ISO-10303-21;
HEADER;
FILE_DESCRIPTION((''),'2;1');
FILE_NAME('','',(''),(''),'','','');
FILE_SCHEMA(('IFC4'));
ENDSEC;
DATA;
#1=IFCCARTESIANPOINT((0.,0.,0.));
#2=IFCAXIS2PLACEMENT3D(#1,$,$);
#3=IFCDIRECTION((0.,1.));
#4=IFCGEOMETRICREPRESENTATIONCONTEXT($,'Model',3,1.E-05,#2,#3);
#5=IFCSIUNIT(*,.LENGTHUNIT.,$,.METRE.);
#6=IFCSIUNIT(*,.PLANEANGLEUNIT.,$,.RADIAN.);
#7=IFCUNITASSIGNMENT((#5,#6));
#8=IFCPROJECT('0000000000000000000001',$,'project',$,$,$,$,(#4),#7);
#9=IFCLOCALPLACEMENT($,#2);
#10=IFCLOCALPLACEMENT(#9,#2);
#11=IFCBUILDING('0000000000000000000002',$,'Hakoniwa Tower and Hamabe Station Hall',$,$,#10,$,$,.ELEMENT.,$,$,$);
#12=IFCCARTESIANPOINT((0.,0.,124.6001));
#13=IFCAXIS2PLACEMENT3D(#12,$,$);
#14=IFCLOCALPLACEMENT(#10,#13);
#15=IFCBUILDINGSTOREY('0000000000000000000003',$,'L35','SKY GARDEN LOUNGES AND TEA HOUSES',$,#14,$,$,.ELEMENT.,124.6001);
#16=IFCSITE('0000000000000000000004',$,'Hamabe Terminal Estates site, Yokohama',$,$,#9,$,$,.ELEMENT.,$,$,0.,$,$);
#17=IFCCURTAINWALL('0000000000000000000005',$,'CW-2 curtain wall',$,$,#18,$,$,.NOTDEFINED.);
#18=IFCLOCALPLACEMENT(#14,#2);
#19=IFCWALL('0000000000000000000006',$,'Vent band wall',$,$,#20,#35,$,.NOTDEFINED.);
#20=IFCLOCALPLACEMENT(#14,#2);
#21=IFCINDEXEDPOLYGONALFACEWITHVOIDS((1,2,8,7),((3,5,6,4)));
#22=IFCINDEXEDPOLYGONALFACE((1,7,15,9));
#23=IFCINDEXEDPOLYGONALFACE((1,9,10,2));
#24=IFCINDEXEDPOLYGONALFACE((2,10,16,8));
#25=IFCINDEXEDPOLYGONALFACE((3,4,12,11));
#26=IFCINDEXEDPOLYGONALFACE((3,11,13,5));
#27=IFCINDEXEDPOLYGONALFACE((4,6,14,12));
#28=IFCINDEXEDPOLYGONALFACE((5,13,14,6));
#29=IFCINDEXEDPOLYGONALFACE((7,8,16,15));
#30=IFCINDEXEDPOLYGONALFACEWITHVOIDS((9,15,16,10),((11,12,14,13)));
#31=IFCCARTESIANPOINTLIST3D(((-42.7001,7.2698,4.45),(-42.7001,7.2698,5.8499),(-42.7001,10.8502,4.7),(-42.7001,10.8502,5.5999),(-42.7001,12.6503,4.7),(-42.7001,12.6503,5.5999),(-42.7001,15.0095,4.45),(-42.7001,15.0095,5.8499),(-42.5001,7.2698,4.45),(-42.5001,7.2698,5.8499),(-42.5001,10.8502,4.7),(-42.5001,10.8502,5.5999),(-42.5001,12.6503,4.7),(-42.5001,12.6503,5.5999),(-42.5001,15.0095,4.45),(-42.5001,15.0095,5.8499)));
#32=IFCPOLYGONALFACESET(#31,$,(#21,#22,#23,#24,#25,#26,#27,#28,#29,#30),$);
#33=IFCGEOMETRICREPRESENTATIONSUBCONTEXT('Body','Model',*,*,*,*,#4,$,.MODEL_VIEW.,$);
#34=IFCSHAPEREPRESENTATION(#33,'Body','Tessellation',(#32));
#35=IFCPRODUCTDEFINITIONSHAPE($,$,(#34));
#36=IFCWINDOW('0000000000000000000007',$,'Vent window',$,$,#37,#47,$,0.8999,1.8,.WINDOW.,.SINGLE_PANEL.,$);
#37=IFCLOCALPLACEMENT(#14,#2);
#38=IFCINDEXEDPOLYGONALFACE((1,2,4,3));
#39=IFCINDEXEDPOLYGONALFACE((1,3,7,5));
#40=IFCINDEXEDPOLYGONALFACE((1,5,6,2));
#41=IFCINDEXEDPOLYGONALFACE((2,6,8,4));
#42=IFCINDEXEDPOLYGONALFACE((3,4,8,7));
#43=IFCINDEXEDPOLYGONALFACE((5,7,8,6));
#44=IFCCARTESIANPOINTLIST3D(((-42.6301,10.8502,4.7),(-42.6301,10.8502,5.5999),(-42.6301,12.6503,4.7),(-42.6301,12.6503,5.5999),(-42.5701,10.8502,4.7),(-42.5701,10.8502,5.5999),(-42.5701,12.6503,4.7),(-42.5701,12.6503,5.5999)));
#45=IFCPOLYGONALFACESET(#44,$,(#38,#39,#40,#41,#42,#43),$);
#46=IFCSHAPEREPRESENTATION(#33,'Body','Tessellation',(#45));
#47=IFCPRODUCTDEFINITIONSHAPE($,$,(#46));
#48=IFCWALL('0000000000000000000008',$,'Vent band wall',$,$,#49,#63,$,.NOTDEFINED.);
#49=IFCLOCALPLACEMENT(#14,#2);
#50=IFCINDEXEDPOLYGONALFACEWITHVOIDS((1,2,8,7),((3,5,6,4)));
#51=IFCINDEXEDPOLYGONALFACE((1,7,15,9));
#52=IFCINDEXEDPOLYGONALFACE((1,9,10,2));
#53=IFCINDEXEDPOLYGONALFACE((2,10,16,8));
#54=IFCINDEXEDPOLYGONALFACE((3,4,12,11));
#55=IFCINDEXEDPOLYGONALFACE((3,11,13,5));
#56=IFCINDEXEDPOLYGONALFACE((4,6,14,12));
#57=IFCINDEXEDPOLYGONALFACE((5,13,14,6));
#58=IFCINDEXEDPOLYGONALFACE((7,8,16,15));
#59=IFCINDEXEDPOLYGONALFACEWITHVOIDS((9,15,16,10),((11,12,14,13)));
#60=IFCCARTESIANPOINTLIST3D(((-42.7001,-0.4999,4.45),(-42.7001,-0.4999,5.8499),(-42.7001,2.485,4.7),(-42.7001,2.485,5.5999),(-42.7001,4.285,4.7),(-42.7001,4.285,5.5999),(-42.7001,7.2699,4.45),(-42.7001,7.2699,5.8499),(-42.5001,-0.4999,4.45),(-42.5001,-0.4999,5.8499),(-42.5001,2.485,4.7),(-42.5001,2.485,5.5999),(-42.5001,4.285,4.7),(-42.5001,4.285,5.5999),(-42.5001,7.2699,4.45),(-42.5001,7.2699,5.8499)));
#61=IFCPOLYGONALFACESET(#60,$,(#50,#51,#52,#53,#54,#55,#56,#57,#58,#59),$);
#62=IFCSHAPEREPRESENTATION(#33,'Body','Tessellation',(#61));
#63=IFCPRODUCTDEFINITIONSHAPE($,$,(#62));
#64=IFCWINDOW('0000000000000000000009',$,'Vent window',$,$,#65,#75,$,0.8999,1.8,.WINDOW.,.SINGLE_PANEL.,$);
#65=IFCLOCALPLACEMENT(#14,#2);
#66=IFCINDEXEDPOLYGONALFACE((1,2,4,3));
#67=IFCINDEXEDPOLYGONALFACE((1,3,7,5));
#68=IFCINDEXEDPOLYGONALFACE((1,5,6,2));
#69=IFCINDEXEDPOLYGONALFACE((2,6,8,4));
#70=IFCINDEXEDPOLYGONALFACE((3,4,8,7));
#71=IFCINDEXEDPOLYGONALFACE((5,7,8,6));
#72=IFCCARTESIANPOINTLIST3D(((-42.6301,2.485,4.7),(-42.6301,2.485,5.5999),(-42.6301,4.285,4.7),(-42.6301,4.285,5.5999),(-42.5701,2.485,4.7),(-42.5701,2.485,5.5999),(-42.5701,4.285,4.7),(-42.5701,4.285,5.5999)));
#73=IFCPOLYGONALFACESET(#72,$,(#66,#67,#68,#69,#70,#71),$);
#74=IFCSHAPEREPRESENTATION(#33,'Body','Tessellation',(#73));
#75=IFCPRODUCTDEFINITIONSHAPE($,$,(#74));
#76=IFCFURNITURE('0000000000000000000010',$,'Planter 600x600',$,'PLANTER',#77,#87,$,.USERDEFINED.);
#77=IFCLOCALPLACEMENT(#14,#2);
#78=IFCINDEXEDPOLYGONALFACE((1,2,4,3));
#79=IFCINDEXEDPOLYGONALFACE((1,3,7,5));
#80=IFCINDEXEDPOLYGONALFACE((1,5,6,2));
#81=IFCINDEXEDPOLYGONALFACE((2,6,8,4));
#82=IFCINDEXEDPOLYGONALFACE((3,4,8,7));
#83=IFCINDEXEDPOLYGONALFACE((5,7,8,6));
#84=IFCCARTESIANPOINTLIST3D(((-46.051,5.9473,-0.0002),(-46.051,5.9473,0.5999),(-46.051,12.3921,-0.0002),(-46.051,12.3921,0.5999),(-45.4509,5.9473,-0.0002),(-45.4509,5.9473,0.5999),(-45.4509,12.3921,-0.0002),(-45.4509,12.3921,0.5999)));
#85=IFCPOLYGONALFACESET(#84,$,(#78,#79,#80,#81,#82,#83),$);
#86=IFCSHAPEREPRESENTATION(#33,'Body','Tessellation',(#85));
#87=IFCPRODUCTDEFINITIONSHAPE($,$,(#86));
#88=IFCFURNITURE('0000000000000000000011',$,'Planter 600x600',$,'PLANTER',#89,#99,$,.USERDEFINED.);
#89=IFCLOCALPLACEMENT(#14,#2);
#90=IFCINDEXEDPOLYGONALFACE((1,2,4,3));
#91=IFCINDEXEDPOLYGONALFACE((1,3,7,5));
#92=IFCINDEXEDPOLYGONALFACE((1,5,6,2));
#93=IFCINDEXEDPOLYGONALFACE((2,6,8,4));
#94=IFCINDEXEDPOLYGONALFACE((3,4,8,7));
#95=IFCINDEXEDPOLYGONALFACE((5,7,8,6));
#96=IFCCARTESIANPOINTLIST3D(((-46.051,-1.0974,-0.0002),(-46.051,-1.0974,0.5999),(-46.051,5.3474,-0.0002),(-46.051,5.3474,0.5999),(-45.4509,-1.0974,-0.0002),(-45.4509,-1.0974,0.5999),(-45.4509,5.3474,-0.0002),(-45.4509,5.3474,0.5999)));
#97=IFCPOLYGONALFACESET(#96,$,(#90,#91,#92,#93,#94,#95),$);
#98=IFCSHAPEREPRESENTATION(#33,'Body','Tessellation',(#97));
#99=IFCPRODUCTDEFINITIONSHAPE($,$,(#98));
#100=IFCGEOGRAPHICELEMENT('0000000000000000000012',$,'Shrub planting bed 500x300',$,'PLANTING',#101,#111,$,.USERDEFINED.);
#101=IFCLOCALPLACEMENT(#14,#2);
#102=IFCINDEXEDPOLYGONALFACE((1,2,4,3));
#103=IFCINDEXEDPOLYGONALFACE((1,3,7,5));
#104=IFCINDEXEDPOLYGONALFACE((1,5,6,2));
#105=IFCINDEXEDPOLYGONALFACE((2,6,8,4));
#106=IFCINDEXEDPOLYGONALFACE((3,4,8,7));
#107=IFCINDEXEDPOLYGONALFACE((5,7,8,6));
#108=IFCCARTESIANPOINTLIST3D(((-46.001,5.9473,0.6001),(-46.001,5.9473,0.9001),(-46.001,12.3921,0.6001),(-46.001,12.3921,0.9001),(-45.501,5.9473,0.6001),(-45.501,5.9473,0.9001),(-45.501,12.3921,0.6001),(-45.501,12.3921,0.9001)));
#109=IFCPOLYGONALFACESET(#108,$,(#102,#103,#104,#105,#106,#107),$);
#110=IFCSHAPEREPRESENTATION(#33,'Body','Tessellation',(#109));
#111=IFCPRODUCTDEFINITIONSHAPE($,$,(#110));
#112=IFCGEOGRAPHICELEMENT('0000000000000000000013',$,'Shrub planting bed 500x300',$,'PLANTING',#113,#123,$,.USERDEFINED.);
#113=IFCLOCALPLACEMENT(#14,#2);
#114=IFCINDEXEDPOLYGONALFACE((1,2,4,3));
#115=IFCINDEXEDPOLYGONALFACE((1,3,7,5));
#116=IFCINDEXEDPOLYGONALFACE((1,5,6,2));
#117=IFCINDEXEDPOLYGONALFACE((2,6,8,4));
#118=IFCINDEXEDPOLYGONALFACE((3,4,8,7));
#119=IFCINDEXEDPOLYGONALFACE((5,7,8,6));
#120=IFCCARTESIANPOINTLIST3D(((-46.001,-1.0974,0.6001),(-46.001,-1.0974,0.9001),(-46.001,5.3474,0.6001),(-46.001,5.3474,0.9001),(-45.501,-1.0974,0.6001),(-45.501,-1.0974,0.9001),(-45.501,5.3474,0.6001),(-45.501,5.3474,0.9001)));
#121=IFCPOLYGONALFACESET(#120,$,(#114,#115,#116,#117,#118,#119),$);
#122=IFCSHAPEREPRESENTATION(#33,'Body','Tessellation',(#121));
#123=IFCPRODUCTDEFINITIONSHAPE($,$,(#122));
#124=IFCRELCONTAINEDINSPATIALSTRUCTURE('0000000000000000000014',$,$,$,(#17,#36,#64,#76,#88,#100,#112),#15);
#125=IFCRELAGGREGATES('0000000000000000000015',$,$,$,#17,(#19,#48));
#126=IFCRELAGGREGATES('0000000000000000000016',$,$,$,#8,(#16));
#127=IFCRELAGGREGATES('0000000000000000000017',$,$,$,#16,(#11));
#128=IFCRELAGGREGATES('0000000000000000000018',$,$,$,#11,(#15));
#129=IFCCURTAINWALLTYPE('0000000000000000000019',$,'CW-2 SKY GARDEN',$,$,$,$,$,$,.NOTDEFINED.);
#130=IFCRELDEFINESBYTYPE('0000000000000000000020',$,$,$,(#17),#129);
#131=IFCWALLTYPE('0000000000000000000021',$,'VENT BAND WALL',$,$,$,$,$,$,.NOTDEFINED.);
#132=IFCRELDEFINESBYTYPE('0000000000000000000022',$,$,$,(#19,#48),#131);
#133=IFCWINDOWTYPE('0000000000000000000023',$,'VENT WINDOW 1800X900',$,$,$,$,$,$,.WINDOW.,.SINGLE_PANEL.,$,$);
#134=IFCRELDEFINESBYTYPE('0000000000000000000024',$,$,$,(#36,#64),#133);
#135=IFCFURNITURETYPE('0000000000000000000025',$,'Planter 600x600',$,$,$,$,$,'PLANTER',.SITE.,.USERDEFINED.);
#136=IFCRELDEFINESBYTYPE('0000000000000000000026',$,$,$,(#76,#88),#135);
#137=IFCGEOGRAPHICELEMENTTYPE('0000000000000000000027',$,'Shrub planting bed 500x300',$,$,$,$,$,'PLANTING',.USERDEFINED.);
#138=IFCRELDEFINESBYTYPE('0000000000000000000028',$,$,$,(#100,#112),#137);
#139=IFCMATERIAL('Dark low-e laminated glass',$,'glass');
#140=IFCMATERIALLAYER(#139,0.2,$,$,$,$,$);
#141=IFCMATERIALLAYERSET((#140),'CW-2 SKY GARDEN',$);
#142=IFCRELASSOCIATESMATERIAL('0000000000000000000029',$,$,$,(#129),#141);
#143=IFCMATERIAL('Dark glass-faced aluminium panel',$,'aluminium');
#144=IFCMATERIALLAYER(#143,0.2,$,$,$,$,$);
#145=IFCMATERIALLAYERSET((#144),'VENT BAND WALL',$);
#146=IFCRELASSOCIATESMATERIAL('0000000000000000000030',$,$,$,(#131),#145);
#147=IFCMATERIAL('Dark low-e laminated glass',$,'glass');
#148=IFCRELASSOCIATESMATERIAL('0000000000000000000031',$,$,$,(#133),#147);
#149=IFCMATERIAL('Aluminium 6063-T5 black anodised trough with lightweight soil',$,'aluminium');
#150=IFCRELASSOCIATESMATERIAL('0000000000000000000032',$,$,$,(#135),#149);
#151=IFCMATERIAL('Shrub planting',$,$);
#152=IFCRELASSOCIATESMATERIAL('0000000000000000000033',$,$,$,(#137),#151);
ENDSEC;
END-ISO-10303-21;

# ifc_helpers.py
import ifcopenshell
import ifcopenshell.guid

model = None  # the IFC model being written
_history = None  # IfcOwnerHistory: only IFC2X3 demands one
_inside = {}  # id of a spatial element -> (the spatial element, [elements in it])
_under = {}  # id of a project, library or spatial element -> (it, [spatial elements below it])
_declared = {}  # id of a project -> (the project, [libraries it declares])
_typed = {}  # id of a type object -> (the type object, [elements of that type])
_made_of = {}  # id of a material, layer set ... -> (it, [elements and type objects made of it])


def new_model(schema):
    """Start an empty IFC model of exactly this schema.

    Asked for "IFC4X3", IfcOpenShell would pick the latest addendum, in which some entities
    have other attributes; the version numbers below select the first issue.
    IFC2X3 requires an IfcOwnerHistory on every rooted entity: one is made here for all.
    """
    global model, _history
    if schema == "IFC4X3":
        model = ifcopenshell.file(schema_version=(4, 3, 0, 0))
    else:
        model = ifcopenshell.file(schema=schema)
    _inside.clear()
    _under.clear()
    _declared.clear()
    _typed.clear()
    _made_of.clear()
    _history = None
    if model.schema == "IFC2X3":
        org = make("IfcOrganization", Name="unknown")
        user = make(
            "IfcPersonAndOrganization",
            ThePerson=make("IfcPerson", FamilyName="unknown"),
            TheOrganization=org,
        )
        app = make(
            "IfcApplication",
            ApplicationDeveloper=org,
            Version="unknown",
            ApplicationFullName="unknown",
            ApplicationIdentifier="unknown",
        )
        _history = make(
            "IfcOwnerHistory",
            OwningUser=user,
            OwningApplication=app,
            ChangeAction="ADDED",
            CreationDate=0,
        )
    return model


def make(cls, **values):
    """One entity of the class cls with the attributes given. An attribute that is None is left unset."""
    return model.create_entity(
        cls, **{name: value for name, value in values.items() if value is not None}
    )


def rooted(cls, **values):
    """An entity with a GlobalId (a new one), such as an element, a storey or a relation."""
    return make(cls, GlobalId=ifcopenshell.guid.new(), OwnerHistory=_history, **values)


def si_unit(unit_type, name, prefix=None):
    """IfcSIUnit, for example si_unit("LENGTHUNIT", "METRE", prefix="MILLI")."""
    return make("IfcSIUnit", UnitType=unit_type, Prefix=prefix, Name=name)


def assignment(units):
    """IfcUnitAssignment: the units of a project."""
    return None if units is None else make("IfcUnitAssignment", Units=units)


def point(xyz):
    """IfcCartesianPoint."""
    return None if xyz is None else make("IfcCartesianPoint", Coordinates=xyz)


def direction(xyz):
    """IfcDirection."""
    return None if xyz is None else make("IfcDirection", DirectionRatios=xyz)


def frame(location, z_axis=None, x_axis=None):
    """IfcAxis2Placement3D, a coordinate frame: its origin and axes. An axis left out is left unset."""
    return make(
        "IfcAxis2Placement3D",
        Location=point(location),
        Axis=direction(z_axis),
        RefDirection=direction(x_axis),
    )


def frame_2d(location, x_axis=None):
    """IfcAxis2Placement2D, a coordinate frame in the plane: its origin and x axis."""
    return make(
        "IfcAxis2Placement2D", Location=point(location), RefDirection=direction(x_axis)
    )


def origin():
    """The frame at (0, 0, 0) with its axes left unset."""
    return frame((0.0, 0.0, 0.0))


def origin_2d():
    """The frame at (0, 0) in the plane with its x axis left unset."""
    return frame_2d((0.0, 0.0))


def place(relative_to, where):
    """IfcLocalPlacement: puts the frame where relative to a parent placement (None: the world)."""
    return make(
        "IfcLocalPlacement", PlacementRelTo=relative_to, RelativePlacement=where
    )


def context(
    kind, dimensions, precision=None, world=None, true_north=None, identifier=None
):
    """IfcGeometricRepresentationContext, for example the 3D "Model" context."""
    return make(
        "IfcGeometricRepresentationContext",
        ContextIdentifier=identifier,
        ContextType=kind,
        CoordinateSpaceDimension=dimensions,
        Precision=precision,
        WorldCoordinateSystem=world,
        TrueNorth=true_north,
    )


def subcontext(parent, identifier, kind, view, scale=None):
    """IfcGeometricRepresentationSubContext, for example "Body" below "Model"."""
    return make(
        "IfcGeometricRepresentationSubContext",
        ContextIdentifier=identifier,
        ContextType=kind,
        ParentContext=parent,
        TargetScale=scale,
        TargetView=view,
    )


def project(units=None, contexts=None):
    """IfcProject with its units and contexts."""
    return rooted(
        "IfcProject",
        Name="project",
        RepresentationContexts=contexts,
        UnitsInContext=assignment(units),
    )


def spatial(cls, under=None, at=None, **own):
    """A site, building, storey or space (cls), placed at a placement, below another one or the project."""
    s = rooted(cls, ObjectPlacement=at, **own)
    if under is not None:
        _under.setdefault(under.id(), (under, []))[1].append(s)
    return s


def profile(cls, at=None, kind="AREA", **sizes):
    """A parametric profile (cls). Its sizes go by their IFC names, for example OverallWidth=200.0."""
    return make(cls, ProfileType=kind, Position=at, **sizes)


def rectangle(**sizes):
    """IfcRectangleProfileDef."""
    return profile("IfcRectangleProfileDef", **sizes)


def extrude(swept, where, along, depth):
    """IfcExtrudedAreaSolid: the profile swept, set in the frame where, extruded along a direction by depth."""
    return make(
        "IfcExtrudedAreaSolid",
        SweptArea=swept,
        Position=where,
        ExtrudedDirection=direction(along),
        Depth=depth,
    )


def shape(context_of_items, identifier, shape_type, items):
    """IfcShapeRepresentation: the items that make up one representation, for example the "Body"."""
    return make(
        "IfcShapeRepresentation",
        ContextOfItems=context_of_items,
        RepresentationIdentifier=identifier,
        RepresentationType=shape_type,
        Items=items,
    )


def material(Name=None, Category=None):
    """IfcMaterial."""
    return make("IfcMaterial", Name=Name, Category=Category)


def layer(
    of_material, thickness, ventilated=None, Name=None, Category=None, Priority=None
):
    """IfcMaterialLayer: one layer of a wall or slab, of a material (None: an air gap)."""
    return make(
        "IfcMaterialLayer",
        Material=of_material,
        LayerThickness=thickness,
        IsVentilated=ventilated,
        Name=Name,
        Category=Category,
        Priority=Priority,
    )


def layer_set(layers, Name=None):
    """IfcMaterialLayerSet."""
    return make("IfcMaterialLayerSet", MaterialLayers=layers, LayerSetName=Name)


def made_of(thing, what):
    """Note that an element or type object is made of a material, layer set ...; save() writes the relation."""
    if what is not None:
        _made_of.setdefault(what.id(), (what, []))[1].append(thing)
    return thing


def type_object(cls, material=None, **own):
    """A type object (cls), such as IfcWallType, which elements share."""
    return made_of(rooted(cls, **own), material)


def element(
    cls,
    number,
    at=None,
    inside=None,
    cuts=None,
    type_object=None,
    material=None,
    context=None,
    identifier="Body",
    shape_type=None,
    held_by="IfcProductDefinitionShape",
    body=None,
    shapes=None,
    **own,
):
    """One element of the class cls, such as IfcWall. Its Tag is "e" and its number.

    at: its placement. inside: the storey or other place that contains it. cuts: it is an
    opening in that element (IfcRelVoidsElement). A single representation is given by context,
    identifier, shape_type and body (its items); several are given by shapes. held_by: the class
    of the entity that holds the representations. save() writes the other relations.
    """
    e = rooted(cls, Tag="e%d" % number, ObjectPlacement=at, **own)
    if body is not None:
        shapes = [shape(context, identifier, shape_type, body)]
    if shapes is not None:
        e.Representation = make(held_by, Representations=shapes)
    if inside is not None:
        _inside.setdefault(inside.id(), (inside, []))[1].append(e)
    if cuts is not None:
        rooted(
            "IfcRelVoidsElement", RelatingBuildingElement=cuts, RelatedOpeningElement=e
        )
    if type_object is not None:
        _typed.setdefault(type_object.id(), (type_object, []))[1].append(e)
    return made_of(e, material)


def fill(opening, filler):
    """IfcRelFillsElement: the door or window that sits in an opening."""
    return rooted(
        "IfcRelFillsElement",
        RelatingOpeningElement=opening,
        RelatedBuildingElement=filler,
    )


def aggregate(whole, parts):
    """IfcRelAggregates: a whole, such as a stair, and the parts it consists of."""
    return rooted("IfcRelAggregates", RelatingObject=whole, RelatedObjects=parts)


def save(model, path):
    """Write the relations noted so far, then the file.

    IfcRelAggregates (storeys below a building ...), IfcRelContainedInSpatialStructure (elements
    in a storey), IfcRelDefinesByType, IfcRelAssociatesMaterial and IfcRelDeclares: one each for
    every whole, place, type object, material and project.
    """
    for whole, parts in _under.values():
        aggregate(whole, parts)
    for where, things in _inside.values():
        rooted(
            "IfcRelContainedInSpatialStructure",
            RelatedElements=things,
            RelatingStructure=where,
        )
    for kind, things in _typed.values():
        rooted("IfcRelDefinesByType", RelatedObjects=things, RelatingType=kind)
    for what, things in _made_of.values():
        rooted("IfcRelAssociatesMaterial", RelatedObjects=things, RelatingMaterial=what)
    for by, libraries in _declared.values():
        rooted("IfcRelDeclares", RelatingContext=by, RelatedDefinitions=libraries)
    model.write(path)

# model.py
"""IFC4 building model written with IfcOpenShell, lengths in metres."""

from ifc_helpers import new_model, si_unit, direction, frame, frame_2d, origin, origin_2d, place, context, subcontext, project, spatial, rectangle, extrude, material, layer, layer_set, type_object, element, fill, aggregate, save


model = new_model("IFC4")

# Units and contexts
model_context = context("Model", 3, precision=1e-05, world=origin(), true_north=direction((0.0, 1.0)))
body_context = subcontext(model_context, "Body", "Model", "MODEL_VIEW")
ifc_project = project(units=[si_unit("LENGTHUNIT", "METRE"), si_unit("PLANEANGLEUNIT", "RADIAN")], contexts=[model_context])

# Site, building, storey
site_placement = place(None, origin())
site = spatial("IfcSite", under=ifc_project, at=site_placement, Name="Hamabe Terminal Estates site, Yokohama", CompositionType="ELEMENT", RefElevation=0.0)
building_placement = place(site_placement, origin())
building = spatial("IfcBuilding", under=site, at=building_placement, Name="Hakoniwa Tower and Hamabe Station Hall", CompositionType="ELEMENT")
storey_placement = place(building_placement, frame((0.0, 0.0, 124.6001)))
storey = spatial("IfcBuildingStorey", under=building, at=storey_placement, Name="L35", Description="SKY GARDEN LOUNGES AND TEA HOUSES", CompositionType="ELEMENT", Elevation=124.6001)

# Curtain wall
ifc_material_1 = material(Name="Dark low-e laminated glass", Category="glass")
ifc_layer_1 = layer(ifc_material_1, 0.2)
ifc_layer_set_1 = layer_set([ifc_layer_1], Name="CW-2 SKY GARDEN")
curtain_wall_type = type_object("IfcCurtainWallType", Name="CW-2 SKY GARDEN", PredefinedType="NOTDEFINED", material=ifc_layer_set_1)
curtain_wall_placement = place(storey_placement, origin())
curtain_wall = element("IfcCurtainWall", 1, at=curtain_wall_placement, inside=storey, type_object=curtain_wall_type, Name="CW-2 curtain wall", PredefinedType="NOTDEFINED")

# Walls, openings, windows
ifc_material_2 = material(Name="Dark glass-faced aluminium panel", Category="aluminium")
ifc_layer_2 = layer(ifc_material_2, 0.2)
ifc_layer_set_2 = layer_set([ifc_layer_2], Name="VENT BAND WALL")
wall_type_1 = type_object("IfcWallType", Name="VENT BAND WALL", PredefinedType="NOTDEFINED", material=ifc_layer_set_2)
wall_1_placement = place(storey_placement, frame((-42.6001, 15.0095, 4.45), z_axis=(0.0, 0.0, 1.0), x_axis=(0.0, -1.0, 0.0)))
wall_1 = element("IfcWall", 2, at=wall_1_placement, type_object=wall_type_1, Name="Vent band wall", PredefinedType="NOTDEFINED", context=body_context, shape_type="SweptSolid", body=[
    extrude(rectangle(XDim=7.7397, YDim=0.2, at=frame_2d((3.8699, 0.0))), origin(), (0.0, 0.0, 1.0), 1.3999),
])
opening_1_placement = place(wall_1_placement, frame((2.3594, 0.0, 0.25)))
opening_1 = element("IfcOpeningElement", 3, at=opening_1_placement, cuts=wall_1, PredefinedType="OPENING", context=body_context, shape_type="SweptSolid", body=[
    extrude(rectangle(XDim=1.8, YDim=0.8999, at=frame_2d((0.8999, 0.45))), frame((0.0, 0.1099, 0.0), z_axis=(0.0, -1.0, 0.0), x_axis=(1.0, 0.0, 0.0)), (0.0, 0.0, 1.0), 0.22),
])
ifc_material_3 = material(Name="Dark low-e laminated glass", Category="glass")
window_type = type_object("IfcWindowType", Name="VENT WINDOW 1800X900", PartitioningType="SINGLE_PANEL", PredefinedType="WINDOW", material=ifc_material_3)
window_1_placement = place(opening_1_placement, origin())
window_1 = element("IfcWindow", 4, at=window_1_placement, inside=storey, type_object=window_type, Name="Vent window", OverallHeight=0.8999, OverallWidth=1.8, PartitioningType="SINGLE_PANEL", PredefinedType="WINDOW", context=body_context, shape_type="SweptSolid", body=[
    extrude(rectangle(XDim=1.8, YDim=0.8999, at=frame_2d((0.8999, 0.45))), frame((0.0, 0.03, 0.0), z_axis=(0.0, -1.0, 0.0), x_axis=(1.0, 0.0, 0.0)), (0.0, 0.0, 1.0), 0.0601),
])
fill(opening_1, window_1)
wall_2_placement = place(storey_placement, frame((-42.6001, 7.2698, 4.45), z_axis=(0.0, 0.0, 1.0), x_axis=(0.0, -1.0, 0.0)))
wall_2 = element("IfcWall", 5, at=wall_2_placement, type_object=wall_type_1, Name="Vent band wall", PredefinedType="NOTDEFINED", context=body_context, shape_type="SweptSolid", body=[
    extrude(rectangle(XDim=7.7698, YDim=0.2, at=frame_2d((3.8848, 0.0))), origin(), (0.0, 0.0, 1.0), 1.3999),
])
opening_2_placement = place(wall_2_placement, frame((2.9849, 0.0, 0.25)))
opening_2 = element("IfcOpeningElement", 6, at=opening_2_placement, cuts=wall_2, PredefinedType="OPENING", context=body_context, shape_type="SweptSolid", body=[
    extrude(rectangle(XDim=1.8, YDim=0.8999, at=frame_2d((0.8999, 0.45))), frame((0.0, 0.1099, 0.0), z_axis=(0.0, -1.0, 0.0), x_axis=(1.0, 0.0, 0.0)), (0.0, 0.0, 1.0), 0.22),
])
window_2_placement = place(opening_2_placement, origin())
window_2 = element("IfcWindow", 7, at=window_2_placement, inside=storey, type_object=window_type, Name="Vent window", OverallHeight=0.8999, OverallWidth=1.8, PartitioningType="SINGLE_PANEL", PredefinedType="WINDOW", context=body_context, shape_type="SweptSolid", body=[
    extrude(rectangle(XDim=1.8, YDim=0.8999, at=frame_2d((0.8999, 0.45))), frame((0.0, 0.03, 0.0), z_axis=(0.0, -1.0, 0.0), x_axis=(1.0, 0.0, 0.0)), (0.0, 0.0, 1.0), 0.0601),
])
fill(opening_2, window_2)
aggregate(curtain_wall, [wall_1, wall_2])

# Furniture
ifc_material_4 = material(Name="Aluminium 6063-T5 black anodised trough with lightweight soil", Category="aluminium")
furniture_type = type_object("IfcFurnitureType", Name="Planter 600x600", ElementType="PLANTER", AssemblyPlace="SITE", PredefinedType="USERDEFINED", material=ifc_material_4)
for number, where, z_axis, x_axis, name in (
    (8, (-45.751, 9.1697, -0.0002), (0.0, 0.0, 1.0), (0.0, -1.0, 0.0), "Planter 600x600"),
    (9, (-45.751, 2.125, -0.0002), (0.0, 0.0, 1.0), (0.0, -1.0, 0.0), "Planter 600x600"),
):
    element("IfcFurniture", number, at=place(storey_placement, frame(where, z_axis=z_axis, x_axis=x_axis)), inside=storey, type_object=furniture_type, Name=name, ObjectType="PLANTER", PredefinedType="USERDEFINED", context=body_context, shape_type="SweptSolid", body=[
        extrude(rectangle(XDim=6.4448, YDim=0.6001, at=origin_2d()), origin(), (0.0, 0.0, 1.0), 0.6001),
    ])

# Geographic elements
ifc_material_5 = material(Name="Shrub planting")
geographic_element_type = type_object("IfcGeographicElementType", Name="Shrub planting bed 500x300", ElementType="PLANTING", PredefinedType="USERDEFINED", material=ifc_material_5)
for number, where, z_axis, x_axis, name in (
    (10, (-45.751, 9.1697, 0.6001), (0.0, 0.0, 1.0), (0.0, -1.0, 0.0), "Shrub planting bed 500x300"),
    (11, (-45.751, 2.125, 0.6001), (0.0, 0.0, 1.0), (0.0, -1.0, 0.0), "Shrub planting bed 500x300"),
):
    element("IfcGeographicElement", number, at=place(storey_placement, frame(where, z_axis=z_axis, x_axis=x_axis)), inside=storey, type_object=geographic_element_type, Name=name, ObjectType="PLANTING", PredefinedType="USERDEFINED", context=body_context, shape_type="SweptSolid", body=[
        extrude(rectangle(XDim=6.4448, YDim=0.5, at=origin_2d()), origin(), (0.0, 0.0, 1.0), 0.3),
    ])

save(model, "model.ifc")
